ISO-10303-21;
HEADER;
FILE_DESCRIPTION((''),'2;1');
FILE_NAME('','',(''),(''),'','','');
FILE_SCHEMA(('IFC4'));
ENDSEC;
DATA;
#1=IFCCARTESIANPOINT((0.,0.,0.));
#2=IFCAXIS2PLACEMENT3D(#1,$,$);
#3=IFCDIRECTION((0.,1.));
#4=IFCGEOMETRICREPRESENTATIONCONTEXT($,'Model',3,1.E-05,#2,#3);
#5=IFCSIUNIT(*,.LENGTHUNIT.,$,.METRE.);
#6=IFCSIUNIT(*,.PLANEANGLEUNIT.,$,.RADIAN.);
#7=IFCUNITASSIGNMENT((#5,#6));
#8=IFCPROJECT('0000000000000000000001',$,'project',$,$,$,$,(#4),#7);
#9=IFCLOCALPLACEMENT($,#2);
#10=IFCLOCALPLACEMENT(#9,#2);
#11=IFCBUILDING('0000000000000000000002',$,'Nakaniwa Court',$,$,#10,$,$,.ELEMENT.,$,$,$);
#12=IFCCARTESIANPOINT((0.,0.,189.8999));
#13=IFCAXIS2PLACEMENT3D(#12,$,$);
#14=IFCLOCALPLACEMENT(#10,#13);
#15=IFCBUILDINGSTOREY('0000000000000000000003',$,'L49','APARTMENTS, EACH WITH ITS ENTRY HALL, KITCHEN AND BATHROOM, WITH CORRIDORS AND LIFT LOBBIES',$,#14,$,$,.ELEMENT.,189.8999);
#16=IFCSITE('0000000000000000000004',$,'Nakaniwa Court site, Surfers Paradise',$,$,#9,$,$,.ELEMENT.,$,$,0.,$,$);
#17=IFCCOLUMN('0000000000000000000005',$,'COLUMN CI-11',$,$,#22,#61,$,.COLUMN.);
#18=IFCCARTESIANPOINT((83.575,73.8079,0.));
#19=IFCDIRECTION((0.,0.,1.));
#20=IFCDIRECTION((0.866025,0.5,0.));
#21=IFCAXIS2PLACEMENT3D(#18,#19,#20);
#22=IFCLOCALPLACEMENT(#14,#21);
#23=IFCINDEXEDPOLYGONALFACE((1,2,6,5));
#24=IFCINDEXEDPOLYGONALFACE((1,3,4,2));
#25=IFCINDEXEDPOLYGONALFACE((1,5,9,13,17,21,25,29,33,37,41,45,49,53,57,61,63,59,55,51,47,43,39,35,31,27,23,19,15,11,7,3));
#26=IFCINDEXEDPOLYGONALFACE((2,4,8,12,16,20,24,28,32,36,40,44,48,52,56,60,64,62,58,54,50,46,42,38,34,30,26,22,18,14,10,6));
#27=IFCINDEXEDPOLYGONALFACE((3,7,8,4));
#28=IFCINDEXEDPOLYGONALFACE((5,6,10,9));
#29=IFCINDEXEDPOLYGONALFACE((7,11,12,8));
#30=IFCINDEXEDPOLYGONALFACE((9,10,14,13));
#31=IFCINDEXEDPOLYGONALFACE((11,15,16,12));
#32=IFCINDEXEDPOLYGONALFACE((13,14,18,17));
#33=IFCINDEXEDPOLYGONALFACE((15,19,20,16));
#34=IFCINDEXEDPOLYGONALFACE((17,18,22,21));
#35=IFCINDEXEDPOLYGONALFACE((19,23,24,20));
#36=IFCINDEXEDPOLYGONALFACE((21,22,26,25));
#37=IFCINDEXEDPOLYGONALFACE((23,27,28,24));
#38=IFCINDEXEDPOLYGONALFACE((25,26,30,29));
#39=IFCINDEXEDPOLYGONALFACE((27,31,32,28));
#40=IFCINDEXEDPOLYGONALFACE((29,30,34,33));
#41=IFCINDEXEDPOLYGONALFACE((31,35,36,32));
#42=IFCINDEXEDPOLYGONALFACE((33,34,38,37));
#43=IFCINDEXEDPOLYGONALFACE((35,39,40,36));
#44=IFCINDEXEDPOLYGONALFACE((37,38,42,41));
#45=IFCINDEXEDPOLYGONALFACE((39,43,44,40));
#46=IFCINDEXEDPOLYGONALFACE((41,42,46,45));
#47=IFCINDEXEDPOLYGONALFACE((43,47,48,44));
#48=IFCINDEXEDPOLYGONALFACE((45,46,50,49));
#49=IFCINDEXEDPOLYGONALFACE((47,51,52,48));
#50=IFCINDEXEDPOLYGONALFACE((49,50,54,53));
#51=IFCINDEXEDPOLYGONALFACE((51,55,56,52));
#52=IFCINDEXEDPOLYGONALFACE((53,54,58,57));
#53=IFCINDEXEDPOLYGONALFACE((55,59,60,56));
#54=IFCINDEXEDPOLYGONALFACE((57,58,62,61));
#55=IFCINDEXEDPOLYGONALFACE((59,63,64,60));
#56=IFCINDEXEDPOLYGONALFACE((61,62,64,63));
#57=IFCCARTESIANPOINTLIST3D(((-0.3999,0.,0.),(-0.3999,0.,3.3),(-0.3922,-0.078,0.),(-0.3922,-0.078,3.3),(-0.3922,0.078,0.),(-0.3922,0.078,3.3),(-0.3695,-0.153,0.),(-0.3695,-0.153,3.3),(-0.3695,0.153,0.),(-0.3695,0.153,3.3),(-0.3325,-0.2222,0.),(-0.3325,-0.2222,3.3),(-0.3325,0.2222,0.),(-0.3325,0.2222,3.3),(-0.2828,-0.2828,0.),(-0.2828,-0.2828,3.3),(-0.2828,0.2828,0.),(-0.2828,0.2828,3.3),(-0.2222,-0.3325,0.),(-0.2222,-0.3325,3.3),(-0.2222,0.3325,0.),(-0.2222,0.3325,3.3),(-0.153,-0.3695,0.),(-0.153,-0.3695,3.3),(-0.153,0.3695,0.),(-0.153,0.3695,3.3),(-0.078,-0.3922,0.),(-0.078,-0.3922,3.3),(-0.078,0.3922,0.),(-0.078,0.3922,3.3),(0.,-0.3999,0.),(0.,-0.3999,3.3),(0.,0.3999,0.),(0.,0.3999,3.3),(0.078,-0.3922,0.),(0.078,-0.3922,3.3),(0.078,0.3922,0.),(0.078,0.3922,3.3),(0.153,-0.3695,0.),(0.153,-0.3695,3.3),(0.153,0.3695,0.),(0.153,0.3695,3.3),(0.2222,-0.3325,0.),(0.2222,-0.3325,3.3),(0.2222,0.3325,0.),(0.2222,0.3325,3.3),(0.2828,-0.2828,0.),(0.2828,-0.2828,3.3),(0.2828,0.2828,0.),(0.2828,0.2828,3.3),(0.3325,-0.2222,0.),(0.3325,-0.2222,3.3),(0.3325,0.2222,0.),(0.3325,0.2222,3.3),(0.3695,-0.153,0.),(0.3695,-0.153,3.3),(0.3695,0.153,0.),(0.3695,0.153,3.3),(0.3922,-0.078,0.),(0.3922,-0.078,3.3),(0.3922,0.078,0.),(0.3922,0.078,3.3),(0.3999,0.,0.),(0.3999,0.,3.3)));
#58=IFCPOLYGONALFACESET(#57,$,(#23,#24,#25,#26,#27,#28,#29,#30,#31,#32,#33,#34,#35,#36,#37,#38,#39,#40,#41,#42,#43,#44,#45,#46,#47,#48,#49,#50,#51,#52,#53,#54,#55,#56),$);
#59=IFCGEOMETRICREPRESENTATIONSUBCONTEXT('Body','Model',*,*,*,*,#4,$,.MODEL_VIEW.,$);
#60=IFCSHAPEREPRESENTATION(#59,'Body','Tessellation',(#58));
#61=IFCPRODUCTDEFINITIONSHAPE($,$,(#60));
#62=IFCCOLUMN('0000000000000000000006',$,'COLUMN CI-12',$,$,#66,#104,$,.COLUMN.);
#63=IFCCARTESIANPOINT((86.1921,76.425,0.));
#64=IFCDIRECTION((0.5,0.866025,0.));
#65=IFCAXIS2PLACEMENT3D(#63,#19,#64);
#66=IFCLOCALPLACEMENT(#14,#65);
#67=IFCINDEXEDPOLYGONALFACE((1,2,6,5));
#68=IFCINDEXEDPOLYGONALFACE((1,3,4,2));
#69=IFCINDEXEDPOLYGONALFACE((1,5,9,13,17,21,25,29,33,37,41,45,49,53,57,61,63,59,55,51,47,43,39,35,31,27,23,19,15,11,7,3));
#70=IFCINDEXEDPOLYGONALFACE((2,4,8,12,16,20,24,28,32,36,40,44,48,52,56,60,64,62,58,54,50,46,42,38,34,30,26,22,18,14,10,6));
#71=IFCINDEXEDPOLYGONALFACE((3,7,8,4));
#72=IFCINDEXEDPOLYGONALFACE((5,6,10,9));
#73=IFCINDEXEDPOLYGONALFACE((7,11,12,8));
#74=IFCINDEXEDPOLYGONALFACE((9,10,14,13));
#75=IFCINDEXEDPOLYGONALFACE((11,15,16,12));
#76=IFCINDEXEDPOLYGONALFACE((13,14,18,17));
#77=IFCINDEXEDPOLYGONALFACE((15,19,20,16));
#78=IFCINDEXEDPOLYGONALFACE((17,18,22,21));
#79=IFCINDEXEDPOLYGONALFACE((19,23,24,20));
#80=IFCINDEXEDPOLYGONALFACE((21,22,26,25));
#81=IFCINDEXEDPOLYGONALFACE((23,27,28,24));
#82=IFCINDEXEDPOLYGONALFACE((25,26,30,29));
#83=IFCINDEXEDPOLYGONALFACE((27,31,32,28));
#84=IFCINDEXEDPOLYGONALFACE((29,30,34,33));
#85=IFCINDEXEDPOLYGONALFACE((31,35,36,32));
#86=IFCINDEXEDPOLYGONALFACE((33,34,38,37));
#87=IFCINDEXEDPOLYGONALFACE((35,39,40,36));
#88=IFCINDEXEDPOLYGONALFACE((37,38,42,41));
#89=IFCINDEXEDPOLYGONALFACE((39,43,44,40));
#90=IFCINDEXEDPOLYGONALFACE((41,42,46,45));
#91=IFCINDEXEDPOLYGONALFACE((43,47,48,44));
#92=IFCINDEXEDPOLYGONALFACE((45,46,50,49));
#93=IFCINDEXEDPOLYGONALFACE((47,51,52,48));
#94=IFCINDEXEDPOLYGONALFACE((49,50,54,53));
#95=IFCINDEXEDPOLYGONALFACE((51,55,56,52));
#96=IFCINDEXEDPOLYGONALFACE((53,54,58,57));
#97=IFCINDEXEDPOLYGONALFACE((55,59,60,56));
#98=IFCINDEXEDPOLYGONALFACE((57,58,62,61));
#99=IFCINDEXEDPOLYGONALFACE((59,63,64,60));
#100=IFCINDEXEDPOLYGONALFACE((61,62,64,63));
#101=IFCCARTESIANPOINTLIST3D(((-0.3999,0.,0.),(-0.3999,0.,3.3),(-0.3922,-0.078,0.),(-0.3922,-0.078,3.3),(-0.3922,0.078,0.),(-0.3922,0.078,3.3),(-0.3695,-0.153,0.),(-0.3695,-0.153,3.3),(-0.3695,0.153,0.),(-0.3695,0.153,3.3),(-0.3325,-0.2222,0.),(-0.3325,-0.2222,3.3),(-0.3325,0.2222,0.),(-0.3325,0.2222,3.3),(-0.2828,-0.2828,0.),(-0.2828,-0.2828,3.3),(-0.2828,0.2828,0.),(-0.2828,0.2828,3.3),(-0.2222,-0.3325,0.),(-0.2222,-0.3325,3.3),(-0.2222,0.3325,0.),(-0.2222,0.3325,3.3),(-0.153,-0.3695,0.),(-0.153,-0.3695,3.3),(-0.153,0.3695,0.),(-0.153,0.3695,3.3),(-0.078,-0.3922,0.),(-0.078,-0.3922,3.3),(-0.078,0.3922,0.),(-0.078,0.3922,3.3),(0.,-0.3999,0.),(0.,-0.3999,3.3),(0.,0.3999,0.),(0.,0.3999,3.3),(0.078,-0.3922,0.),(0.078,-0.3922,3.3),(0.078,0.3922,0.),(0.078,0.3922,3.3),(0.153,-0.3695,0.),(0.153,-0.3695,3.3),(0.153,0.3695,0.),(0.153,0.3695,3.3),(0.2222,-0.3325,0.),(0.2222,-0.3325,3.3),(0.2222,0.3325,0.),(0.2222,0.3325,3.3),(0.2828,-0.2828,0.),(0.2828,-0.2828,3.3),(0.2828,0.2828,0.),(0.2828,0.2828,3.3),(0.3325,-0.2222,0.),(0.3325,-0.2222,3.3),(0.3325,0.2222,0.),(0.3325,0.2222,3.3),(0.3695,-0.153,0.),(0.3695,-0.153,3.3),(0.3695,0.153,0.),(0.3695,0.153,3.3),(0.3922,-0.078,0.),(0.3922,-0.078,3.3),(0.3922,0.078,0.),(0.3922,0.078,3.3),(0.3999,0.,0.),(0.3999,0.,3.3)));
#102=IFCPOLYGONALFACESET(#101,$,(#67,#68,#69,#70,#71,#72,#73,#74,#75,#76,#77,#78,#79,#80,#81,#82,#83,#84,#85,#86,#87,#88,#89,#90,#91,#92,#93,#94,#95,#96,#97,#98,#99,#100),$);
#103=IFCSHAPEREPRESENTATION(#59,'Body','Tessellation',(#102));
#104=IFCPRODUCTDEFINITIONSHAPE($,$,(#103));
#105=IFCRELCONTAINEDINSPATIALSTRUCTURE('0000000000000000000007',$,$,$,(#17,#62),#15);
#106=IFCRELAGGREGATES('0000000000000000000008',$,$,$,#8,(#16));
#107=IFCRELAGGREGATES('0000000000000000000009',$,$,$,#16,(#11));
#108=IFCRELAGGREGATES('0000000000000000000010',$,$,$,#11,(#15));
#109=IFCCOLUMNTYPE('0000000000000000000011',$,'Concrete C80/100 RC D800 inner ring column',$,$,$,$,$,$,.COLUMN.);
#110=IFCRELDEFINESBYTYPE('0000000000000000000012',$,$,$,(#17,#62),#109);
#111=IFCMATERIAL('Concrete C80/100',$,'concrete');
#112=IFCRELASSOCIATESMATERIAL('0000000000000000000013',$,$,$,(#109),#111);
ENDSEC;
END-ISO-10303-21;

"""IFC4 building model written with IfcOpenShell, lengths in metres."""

from ifc_helpers import new_model, si_unit, direction, frame, origin, origin_2d, place, context, subcontext, project, spatial, circle, extrude, material, material_profile, profile_set, type_object, element, save


model = new_model("IFC4")

# Units and contexts
model_context = context("Model", 3, precision=1e-05, world=origin(), true_north=direction((0.0, 1.0)))
body_context = subcontext(model_context, "Body", "Model", "MODEL_VIEW")
ifc_project = project(units=[si_unit("LENGTHUNIT", "METRE"), si_unit("PLANEANGLEUNIT", "RADIAN")], contexts=[model_context])

# Site, building, storey
site_placement = place(None, origin())
site = spatial("IfcSite", under=ifc_project, at=site_placement, Name="Nakaniwa Court site, Surfers Paradise", CompositionType="ELEMENT", RefElevation=0.0)
building_placement = place(site_placement, origin())
building = spatial("IfcBuilding", under=site, at=building_placement, Name="Nakaniwa Court", CompositionType="ELEMENT")
storey_placement = place(building_placement, frame((0.0, 0.0, 189.8999)))
storey = spatial("IfcBuildingStorey", under=building, at=storey_placement, Name="L49", Description="APARTMENTS, EACH WITH ITS ENTRY HALL, KITCHEN AND BATHROOM, WITH CORRIDORS AND LIFT LOBBIES", CompositionType="ELEMENT", Elevation=189.8999)

# Columns
ifc_material_1 = material(Name="Concrete C80/100", Category="concrete")
ifc_material_profile_1 = material_profile(ifc_material_1, circle(Radius=0.3999, at=origin_2d()), Name="Concrete C80/100 RC D800 inner ring column")
ifc_profile_set_1 = profile_set([ifc_material_profile_1], Name="Concrete C80/100")
column_type = type_object("IfcColumnType", Name="Concrete C80/100 RC D800 inner ring column", PredefinedType="COLUMN", material=ifc_profile_set_1)
for number, where, z_axis, x_axis, name in (
    (1, (83.575, 73.8079, 0.0), (0.0, 0.0, 1.0), (0.866025, 0.5, 0.0), "COLUMN CI-11"),
    (2, (86.1921, 76.425, 0.0), (0.0, 0.0, 1.0), (0.5, 0.866025, 0.0), "COLUMN CI-12"),
):
    element("IfcColumn", number, at=place(storey_placement, frame(where, z_axis=z_axis, x_axis=x_axis)), inside=storey, type_object=column_type, Name=name, PredefinedType="COLUMN", context=body_context, shape_type="SweptSolid", body=[
        extrude(circle(Radius=0.3999, at=origin_2d()), origin(), (0.0, 0.0, 1.0), 3.3),
    ])

save(model, "model.ifc")
